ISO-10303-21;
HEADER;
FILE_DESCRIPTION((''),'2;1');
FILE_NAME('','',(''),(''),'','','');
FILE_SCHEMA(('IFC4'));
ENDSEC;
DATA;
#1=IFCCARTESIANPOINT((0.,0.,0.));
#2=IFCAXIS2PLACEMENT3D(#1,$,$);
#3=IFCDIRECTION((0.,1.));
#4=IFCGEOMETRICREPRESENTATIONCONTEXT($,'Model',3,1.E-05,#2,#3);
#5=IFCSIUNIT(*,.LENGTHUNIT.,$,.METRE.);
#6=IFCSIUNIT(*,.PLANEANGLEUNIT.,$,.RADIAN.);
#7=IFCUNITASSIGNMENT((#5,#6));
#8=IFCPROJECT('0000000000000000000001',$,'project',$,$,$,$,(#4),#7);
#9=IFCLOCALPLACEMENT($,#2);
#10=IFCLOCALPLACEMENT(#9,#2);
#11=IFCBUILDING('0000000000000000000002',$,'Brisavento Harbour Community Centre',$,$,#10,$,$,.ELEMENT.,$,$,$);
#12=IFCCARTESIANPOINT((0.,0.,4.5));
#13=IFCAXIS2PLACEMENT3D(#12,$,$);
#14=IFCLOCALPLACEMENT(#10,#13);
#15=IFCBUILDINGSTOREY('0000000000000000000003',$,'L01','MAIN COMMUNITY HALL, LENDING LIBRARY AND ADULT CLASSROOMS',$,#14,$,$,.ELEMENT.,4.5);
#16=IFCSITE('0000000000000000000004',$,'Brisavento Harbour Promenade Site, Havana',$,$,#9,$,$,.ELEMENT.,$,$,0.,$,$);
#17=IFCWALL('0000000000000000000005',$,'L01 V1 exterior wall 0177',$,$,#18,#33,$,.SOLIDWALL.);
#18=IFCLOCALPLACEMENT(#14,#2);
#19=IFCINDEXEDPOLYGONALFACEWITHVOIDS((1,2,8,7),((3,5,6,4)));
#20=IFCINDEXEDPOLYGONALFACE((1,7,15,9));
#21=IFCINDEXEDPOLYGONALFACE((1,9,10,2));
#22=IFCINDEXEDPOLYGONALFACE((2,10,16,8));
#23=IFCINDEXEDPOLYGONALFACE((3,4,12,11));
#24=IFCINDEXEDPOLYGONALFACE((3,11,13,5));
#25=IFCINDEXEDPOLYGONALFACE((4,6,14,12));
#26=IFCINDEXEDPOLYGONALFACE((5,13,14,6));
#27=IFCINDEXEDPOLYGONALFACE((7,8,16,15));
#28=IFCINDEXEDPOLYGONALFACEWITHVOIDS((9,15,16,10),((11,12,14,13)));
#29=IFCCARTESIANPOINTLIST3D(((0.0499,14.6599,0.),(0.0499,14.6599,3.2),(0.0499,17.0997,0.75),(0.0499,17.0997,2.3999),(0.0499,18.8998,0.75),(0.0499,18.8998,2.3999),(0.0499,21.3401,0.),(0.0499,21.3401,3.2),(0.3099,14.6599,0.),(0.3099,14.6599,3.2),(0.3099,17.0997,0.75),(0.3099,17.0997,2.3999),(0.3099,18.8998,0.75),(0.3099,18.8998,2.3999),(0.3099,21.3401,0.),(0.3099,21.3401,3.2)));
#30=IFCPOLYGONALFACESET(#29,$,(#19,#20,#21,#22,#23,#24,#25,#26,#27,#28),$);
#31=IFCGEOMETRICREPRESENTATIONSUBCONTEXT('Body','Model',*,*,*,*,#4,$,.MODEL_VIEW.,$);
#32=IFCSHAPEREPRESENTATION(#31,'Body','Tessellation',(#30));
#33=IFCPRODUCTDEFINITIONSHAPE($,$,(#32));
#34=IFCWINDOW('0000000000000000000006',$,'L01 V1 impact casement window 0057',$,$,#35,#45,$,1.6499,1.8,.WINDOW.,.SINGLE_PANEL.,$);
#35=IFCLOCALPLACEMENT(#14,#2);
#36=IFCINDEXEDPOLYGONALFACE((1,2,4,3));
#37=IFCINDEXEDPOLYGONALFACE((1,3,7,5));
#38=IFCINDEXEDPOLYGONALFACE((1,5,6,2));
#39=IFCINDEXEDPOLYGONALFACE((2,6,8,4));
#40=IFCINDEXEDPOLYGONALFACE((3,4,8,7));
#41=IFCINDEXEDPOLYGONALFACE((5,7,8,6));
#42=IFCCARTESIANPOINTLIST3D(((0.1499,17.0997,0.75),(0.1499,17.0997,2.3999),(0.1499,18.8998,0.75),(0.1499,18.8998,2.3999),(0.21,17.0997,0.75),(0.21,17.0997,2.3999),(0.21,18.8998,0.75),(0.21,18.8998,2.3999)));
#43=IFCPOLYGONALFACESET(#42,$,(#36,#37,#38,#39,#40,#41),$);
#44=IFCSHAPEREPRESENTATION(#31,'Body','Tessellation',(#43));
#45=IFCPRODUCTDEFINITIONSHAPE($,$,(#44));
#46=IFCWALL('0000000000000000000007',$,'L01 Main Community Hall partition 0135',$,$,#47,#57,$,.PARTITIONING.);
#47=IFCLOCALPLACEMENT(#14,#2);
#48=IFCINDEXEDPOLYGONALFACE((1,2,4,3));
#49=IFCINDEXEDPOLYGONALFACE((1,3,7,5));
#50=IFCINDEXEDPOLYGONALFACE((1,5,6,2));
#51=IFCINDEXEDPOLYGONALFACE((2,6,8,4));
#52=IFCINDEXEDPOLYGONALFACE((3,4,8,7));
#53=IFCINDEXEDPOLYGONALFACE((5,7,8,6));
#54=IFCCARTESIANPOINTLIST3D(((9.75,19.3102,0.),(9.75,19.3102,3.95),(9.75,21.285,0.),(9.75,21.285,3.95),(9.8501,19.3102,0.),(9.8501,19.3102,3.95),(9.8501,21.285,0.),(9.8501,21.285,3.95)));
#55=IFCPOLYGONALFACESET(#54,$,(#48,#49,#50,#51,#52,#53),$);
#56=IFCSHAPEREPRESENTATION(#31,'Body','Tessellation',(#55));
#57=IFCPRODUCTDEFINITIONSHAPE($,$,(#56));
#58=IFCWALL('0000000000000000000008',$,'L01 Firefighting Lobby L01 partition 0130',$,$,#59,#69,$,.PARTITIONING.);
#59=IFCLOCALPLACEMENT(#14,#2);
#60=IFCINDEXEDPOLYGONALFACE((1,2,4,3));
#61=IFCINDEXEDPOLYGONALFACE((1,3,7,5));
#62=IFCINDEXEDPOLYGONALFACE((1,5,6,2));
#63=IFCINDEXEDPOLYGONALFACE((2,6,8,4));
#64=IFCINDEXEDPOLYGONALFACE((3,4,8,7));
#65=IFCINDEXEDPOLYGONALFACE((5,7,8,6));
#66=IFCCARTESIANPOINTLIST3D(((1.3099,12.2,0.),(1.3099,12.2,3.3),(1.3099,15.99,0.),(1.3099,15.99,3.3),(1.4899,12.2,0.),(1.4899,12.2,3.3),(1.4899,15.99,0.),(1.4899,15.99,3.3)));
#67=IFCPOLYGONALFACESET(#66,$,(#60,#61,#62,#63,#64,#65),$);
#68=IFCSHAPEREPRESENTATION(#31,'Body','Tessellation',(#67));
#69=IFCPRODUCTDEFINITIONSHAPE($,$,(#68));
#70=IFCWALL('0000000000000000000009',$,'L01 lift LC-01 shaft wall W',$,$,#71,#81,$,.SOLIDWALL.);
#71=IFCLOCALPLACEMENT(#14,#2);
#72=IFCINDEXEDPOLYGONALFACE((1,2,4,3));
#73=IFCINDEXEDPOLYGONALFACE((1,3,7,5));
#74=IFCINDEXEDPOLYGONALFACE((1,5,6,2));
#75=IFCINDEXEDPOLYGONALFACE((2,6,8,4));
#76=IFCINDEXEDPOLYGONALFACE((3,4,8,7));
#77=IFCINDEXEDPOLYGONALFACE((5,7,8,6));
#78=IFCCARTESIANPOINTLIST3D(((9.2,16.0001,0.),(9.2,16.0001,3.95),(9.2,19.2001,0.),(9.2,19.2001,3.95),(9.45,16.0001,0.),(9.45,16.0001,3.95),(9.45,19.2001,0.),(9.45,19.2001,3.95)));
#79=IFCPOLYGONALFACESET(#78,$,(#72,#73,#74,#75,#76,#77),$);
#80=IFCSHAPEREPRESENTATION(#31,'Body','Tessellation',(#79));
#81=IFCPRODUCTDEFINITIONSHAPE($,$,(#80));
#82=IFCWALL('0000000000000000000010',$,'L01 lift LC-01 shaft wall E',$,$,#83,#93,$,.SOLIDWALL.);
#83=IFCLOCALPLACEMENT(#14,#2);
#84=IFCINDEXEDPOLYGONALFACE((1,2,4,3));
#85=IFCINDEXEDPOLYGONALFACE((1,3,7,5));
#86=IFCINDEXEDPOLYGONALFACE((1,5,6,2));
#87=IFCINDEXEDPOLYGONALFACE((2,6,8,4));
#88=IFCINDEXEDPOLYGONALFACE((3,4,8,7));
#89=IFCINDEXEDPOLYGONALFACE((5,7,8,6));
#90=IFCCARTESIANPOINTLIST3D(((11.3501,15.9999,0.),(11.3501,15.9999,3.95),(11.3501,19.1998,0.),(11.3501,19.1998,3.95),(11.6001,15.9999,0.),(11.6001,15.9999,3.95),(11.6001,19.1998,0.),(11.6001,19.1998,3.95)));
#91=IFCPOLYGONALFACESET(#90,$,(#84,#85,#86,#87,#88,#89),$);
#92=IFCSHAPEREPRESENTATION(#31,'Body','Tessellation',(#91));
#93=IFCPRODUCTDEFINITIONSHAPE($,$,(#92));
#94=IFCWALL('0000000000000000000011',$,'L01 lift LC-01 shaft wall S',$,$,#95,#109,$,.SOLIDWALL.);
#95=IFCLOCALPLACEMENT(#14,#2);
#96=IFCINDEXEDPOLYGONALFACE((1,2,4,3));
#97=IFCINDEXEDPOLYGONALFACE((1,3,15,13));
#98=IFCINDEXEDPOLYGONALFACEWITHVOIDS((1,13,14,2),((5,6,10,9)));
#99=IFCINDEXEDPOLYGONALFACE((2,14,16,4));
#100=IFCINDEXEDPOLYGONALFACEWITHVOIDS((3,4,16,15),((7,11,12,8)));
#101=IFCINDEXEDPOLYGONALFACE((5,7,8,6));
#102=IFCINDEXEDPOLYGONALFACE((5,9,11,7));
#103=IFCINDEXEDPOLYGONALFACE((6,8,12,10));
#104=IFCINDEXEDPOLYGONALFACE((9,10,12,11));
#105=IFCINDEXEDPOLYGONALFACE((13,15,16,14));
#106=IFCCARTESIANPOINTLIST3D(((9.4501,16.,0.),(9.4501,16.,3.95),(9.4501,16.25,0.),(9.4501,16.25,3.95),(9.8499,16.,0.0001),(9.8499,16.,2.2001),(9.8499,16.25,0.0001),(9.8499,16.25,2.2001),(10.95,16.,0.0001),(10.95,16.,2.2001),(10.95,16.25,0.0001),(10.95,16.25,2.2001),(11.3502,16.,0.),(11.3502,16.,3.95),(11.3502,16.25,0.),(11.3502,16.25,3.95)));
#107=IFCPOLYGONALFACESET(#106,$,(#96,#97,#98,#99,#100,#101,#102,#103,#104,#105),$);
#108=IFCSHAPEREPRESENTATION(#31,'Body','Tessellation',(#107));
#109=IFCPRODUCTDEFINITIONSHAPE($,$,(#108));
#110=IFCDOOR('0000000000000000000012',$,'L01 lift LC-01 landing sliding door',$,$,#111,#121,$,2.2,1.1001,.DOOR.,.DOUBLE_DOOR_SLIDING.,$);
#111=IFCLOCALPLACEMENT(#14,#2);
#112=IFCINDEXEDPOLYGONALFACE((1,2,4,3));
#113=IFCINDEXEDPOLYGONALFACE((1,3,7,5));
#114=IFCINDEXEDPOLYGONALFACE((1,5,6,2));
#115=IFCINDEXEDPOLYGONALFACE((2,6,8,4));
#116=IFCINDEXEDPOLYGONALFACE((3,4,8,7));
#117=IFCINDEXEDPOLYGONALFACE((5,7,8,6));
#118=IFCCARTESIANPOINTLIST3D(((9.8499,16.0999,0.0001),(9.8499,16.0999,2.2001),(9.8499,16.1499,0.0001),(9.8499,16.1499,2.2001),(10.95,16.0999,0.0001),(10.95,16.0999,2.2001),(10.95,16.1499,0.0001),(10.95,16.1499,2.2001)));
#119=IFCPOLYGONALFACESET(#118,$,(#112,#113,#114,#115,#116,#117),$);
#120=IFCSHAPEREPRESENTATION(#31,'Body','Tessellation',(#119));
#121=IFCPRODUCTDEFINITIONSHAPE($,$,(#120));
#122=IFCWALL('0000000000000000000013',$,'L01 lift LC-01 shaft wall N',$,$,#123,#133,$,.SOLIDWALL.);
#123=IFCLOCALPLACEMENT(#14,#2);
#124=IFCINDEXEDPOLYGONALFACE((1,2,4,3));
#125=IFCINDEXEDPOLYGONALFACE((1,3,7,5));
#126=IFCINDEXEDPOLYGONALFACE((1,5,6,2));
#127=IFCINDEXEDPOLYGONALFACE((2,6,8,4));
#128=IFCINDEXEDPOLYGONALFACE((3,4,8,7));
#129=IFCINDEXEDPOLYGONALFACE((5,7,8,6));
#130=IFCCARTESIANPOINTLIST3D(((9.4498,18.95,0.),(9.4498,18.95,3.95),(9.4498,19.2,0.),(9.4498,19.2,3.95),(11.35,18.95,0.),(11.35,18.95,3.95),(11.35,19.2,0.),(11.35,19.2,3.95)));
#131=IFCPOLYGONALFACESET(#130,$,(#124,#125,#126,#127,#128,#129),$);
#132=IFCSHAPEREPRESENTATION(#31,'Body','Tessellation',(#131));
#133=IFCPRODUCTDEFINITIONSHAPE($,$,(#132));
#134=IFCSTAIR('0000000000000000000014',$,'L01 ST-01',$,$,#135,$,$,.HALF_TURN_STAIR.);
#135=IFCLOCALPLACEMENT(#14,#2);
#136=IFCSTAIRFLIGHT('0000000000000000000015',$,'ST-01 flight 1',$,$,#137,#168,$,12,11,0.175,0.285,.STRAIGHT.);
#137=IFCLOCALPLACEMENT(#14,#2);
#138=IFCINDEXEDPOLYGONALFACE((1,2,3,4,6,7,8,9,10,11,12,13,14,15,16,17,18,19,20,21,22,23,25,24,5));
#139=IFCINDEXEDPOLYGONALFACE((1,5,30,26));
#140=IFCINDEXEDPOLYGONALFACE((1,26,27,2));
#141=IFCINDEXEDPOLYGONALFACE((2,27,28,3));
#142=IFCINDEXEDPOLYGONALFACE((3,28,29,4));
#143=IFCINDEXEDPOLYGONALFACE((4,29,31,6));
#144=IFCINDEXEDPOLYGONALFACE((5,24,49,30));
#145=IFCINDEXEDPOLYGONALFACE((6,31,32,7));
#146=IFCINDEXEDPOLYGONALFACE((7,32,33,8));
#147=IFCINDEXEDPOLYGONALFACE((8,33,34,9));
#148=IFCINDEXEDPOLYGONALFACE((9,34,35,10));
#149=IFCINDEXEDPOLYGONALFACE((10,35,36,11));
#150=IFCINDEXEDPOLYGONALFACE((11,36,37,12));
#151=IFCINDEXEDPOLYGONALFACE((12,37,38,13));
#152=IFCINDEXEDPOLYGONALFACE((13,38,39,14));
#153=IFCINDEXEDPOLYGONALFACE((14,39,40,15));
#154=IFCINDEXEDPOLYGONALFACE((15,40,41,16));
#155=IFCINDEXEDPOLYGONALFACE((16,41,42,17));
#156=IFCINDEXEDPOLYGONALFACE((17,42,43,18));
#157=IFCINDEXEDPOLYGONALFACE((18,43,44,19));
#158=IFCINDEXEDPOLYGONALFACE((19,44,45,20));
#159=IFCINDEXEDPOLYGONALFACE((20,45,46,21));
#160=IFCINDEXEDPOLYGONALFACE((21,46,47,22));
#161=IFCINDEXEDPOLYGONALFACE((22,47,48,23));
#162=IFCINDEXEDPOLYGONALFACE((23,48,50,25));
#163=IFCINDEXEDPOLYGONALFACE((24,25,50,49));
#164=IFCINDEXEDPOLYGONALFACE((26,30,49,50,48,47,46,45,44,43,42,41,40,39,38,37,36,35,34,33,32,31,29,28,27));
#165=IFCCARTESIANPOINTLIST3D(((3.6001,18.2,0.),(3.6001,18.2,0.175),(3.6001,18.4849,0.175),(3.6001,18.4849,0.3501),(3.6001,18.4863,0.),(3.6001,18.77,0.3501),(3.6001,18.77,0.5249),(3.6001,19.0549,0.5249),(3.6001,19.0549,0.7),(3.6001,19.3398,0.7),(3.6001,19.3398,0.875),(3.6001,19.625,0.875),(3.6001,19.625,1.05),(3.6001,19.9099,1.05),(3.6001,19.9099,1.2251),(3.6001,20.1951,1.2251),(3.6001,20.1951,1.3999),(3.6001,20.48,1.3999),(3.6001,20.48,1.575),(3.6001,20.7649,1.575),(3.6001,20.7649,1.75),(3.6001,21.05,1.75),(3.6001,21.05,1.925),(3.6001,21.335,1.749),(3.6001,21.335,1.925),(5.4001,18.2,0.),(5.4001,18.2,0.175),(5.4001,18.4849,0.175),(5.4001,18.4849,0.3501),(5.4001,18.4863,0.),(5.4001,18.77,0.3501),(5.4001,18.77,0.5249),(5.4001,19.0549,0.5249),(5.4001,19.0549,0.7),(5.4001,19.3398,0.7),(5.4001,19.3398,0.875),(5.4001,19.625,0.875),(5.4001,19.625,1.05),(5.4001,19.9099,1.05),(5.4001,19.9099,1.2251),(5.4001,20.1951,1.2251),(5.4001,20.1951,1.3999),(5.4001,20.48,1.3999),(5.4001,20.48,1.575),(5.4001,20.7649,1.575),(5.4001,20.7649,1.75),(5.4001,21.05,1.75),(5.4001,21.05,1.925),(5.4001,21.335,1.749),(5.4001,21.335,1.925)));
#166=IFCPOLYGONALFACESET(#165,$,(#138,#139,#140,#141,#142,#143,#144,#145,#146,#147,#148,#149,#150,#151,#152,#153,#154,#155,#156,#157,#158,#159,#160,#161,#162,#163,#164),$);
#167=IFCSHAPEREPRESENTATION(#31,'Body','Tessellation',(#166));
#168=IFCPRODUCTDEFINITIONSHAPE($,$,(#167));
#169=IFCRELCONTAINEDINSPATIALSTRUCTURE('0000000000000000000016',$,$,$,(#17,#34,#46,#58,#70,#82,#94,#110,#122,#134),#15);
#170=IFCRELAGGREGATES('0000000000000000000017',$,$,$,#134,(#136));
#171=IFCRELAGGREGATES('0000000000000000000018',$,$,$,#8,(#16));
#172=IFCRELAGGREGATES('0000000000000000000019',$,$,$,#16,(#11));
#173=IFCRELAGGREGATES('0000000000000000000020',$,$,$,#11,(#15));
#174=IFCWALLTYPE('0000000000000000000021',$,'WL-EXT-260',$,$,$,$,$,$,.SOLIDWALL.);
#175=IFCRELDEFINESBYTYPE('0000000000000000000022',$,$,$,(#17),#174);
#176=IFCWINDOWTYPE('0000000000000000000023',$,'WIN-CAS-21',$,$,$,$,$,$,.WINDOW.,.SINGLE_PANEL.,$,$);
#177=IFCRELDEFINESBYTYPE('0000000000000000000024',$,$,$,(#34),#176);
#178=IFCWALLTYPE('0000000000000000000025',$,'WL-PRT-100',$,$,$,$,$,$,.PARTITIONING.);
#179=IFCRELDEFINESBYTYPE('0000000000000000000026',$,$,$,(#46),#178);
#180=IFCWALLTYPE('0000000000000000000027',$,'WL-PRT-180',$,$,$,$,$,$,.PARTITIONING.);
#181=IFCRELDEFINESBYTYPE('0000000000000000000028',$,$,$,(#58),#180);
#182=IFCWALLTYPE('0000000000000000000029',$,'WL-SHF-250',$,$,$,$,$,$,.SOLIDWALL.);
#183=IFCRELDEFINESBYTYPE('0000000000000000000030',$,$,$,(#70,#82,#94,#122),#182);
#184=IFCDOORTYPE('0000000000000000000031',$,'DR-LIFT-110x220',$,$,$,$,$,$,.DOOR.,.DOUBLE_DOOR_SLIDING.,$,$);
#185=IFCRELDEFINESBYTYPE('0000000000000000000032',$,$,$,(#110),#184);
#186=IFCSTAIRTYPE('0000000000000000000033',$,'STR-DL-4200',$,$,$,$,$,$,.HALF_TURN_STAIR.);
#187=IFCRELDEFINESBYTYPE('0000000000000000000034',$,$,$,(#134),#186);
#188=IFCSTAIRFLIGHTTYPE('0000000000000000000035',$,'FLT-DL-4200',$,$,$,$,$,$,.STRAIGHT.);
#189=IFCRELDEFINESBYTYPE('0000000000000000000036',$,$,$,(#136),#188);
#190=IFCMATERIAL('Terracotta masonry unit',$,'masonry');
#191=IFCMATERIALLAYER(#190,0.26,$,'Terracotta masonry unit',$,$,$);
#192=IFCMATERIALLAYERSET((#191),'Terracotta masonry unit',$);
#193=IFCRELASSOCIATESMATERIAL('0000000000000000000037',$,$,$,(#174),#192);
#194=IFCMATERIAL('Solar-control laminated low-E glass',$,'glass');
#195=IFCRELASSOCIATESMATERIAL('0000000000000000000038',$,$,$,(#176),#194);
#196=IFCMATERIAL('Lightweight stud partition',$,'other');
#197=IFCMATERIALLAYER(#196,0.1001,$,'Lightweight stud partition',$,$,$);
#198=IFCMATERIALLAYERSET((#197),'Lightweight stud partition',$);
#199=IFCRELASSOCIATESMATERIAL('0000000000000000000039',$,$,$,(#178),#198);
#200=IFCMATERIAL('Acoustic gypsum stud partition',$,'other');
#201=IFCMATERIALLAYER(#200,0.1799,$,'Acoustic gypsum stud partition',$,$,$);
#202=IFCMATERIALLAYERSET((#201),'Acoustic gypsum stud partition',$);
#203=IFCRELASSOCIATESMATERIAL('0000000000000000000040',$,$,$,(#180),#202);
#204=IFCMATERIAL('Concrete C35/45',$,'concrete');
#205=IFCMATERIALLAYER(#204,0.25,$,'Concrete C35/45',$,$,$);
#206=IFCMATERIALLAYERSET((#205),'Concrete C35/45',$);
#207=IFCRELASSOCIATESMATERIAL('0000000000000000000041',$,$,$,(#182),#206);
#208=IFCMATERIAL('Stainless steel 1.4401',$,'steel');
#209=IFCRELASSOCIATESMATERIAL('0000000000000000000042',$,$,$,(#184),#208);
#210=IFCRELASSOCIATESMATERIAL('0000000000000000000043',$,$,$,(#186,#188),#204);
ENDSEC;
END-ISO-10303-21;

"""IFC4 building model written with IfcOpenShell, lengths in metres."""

from ifc_helpers import new_model, si_unit, direction, frame, frame_2d, origin, place, context, subcontext, project, spatial, polyline, rectangle, outline, extrude, material, layer, layer_set, type_object, element, fill, aggregate, save


model = new_model("IFC4")

# Units and contexts
model_context = context("Model", 3, precision=1e-05, world=origin(), true_north=direction((0.0, 1.0)))
body_context = subcontext(model_context, "Body", "Model", "MODEL_VIEW")
ifc_project = project(units=[si_unit("LENGTHUNIT", "METRE"), si_unit("PLANEANGLEUNIT", "RADIAN")], contexts=[model_context])

# Site, building, storey
site_placement = place(None, origin())
site = spatial("IfcSite", under=ifc_project, at=site_placement, Name="Brisavento Harbour Promenade Site, Havana", CompositionType="ELEMENT", RefElevation=0.0)
building_placement = place(site_placement, origin())
building = spatial("IfcBuilding", under=site, at=building_placement, Name="Brisavento Harbour Community Centre", CompositionType="ELEMENT")
storey_placement = place(building_placement, frame((0.0, 0.0, 4.5)))
storey = spatial("IfcBuildingStorey", under=building, at=storey_placement, Name="L01", Description="MAIN COMMUNITY HALL, LENDING LIBRARY AND ADULT CLASSROOMS", CompositionType="ELEMENT", Elevation=4.5)

# Shared definitions
ifc_material_1 = material(Name="Concrete C35/45", Category="concrete")

# Wall, opening, window
ifc_material_2 = material(Name="Terracotta masonry unit", Category="masonry")
ifc_layer_1 = layer(ifc_material_2, 0.26, Name="Terracotta masonry unit")
ifc_layer_set_1 = layer_set([ifc_layer_1], Name="Terracotta masonry unit")
wall_type_1 = type_object("IfcWallType", Name="WL-EXT-260", PredefinedType="SOLIDWALL", material=ifc_layer_set_1)
wall_1_placement = place(storey_placement, frame((0.1799, 14.6599, 0.0), z_axis=(0.0, 0.0, 1.0), x_axis=(0.0, 1.0, 0.0)))
wall_1 = element("IfcWall", 1, at=wall_1_placement, inside=storey, type_object=wall_type_1, Name="L01 V1 exterior wall 0177", PredefinedType="SOLIDWALL", context=body_context, shape_type="SweptSolid", body=[
    extrude(rectangle(XDim=6.6802, YDim=0.26, at=frame_2d((3.3401, 0.0))), origin(), (0.0, 0.0, 1.0), 3.2),
])
opening_1_placement = place(wall_1_placement, frame((2.4399, 0.0, 0.75)))
opening_1 = element("IfcOpeningElement", 2, at=opening_1_placement, cuts=wall_1, PredefinedType="OPENING", context=body_context, shape_type="SweptSolid", body=[
    extrude(rectangle(XDim=1.8, YDim=1.6499, at=frame_2d((0.8999, 0.825))), frame((0.0, 0.1401, 0.0), z_axis=(0.0, -1.0, 0.0), x_axis=(1.0, 0.0, 0.0)), (0.0, 0.0, 1.0), 0.28),
])
ifc_material_3 = material(Name="Solar-control laminated low-E glass", Category="glass")
window_type = type_object("IfcWindowType", Name="WIN-CAS-21", PartitioningType="SINGLE_PANEL", PredefinedType="WINDOW", material=ifc_material_3)
window_placement = place(opening_1_placement, origin())
window = element("IfcWindow", 3, at=window_placement, inside=storey, type_object=window_type, Name="L01 V1 impact casement window 0057", OverallHeight=1.6499, OverallWidth=1.8, PartitioningType="SINGLE_PANEL", PredefinedType="WINDOW", context=body_context, shape_type="SweptSolid", body=[
    extrude(rectangle(XDim=1.8, YDim=1.6499, at=frame_2d((0.8999, 0.825))), frame((0.0, 0.03, 0.0), z_axis=(0.0, -1.0, 0.0), x_axis=(1.0, 0.0, 0.0)), (0.0, 0.0, 1.0), 0.0601),
])
fill(opening_1, window)

# Walls
ifc_material_4 = material(Name="Lightweight stud partition", Category="other")
ifc_layer_2 = layer(ifc_material_4, 0.1001, Name="Lightweight stud partition")
ifc_layer_set_2 = layer_set([ifc_layer_2], Name="Lightweight stud partition")
wall_type_2 = type_object("IfcWallType", Name="WL-PRT-100", PredefinedType="PARTITIONING", material=ifc_layer_set_2)
wall_2_placement = place(storey_placement, frame((9.8, 21.2849, 0.0), z_axis=(0.0, 0.0, 1.0), x_axis=(0.0, -1.0, 0.0)))
element("IfcWall", 4, at=wall_2_placement, inside=storey, type_object=wall_type_2, Name="L01 Main Community Hall partition 0135", PredefinedType="PARTITIONING", context=body_context, shape_type="SweptSolid", body=[
    extrude(rectangle(XDim=1.9749, YDim=0.1001, at=frame_2d((0.9873, 0.0))), origin(), (0.0, 0.0, 1.0), 3.95),
])
ifc_material_5 = material(Name="Acoustic gypsum stud partition", Category="other")
ifc_layer_3 = layer(ifc_material_5, 0.1799, Name="Acoustic gypsum stud partition")
ifc_layer_set_3 = layer_set([ifc_layer_3], Name="Acoustic gypsum stud partition")
wall_type_3 = type_object("IfcWallType", Name="WL-PRT-180", PredefinedType="PARTITIONING", material=ifc_layer_set_3)
wall_3_placement = place(storey_placement, frame((1.3999, 15.99, 0.0), z_axis=(0.0, 0.0, 1.0), x_axis=(0.0, -1.0, 0.0)))
element("IfcWall", 5, at=wall_3_placement, inside=storey, type_object=wall_type_3, Name="L01 Firefighting Lobby L01 partition 0130", PredefinedType="PARTITIONING", context=body_context, shape_type="SweptSolid", body=[
    extrude(rectangle(XDim=3.79, YDim=0.1799, at=frame_2d((1.895, 0.0))), origin(), (0.0, 0.0, 1.0), 3.3),
])
ifc_layer_4 = layer(ifc_material_1, 0.25, Name="Concrete C35/45")
ifc_layer_set_4 = layer_set([ifc_layer_4], Name="Concrete C35/45")
wall_type_4 = type_object("IfcWallType", Name="WL-SHF-250", PredefinedType="SOLIDWALL", material=ifc_layer_set_4)
for number, where, z_axis, x_axis, name in (
    (6, (9.325, 16.0, 0.0), (0.0, 0.0, 1.0), (0.0, 1.0, 0.0), "L01 lift LC-01 shaft wall W"),
    (7, (11.4751, 19.2, 0.0), (0.0, 0.0, 1.0), (0.0, -1.0, 0.0), "L01 lift LC-01 shaft wall E"),
):
    element("IfcWall", number, at=place(storey_placement, frame(where, z_axis=z_axis, x_axis=x_axis)), inside=storey, type_object=wall_type_4, Name=name, PredefinedType="SOLIDWALL", context=body_context, shape_type="SweptSolid", body=[
        extrude(rectangle(XDim=3.2, YDim=0.25, at=frame_2d((1.6001, 0.0))), origin(), (0.0, 0.0, 1.0), 3.95),
    ])

# Wall, opening, door
wall_4_placement = place(storey_placement, frame((9.45, 16.125, 0.0), z_axis=(0.0, 0.0, 1.0), x_axis=(1.0, 0.0, 0.0)))
wall_4 = element("IfcWall", 8, at=wall_4_placement, inside=storey, type_object=wall_type_4, Name="L01 lift LC-01 shaft wall S", PredefinedType="SOLIDWALL", context=body_context, shape_type="SweptSolid", body=[
    extrude(rectangle(XDim=1.9001, YDim=0.25, at=frame_2d((0.9502, 0.0))), origin(), (0.0, 0.0, 1.0), 3.95),
])
opening_2_placement = place(wall_4_placement, frame((0.3999, 0.0, 0.0)))
opening_2 = element("IfcOpeningElement", 9, at=opening_2_placement, cuts=wall_4, PredefinedType="OPENING", context=body_context, shape_type="SweptSolid", body=[
    extrude(rectangle(XDim=1.1001, YDim=2.2, at=frame_2d((0.55, 1.1001))), frame((0.0, 0.135, 0.0), z_axis=(0.0, -1.0, 0.0), x_axis=(1.0, 0.0, 0.0)), (0.0, 0.0, 1.0), 0.27),
])
ifc_material_6 = material(Name="Stainless steel 1.4401", Category="steel")
door_type_1 = type_object("IfcDoorType", Name="DR-LIFT-110x220", OperationType="DOUBLE_DOOR_SLIDING", PredefinedType="DOOR", material=ifc_material_6)
door_1_placement = place(opening_2_placement, origin())
door_1 = element("IfcDoor", 10, at=door_1_placement, inside=storey, type_object=door_type_1, Name="L01 lift LC-01 landing sliding door", OperationType="DOUBLE_DOOR_SLIDING", OverallHeight=2.2, OverallWidth=1.1001, PredefinedType="DOOR", context=body_context, shape_type="SweptSolid", body=[
    extrude(rectangle(XDim=1.1001, YDim=2.2, at=frame_2d((0.55, 1.1001))), frame((0.0, 0.0249, 0.0), z_axis=(0.0, -1.0, 0.0), x_axis=(1.0, 0.0, 0.0)), (0.0, 0.0, 1.0), 0.05),
])
fill(opening_2, door_1)

# Wall
wall_5_placement = place(storey_placement, frame((11.3501, 19.075, 0.0), z_axis=(0.0, 0.0, 1.0), x_axis=(-1.0, 0.0, 0.0)))
element("IfcWall", 11, at=wall_5_placement, inside=storey, type_object=wall_type_4, Name="L01 lift LC-01 shaft wall N", PredefinedType="SOLIDWALL", context=body_context, shape_type="SweptSolid", body=[
    extrude(rectangle(XDim=1.9001, YDim=0.25, at=frame_2d((0.9502, 0.0))), origin(), (0.0, 0.0, 1.0), 3.95),
])

# Stair, stair flight
stair_type = type_object("IfcStairType", Name="STR-DL-4200", PredefinedType="HALF_TURN_STAIR", material=ifc_material_1)
stair_placement = place(storey_placement, origin())
stair = element("IfcStair", 12, at=stair_placement, inside=storey, type_object=stair_type, Name="L01 ST-01", PredefinedType="HALF_TURN_STAIR")
stair_flight_type = type_object("IfcStairFlightType", Name="FLT-DL-4200", PredefinedType="STRAIGHT", material=ifc_material_1)
stair_flight_1_placement = place(storey_placement, frame((4.5, 18.2, 0.0), z_axis=(0.0, 0.0, 1.0), x_axis=(0.0, 1.0, 0.0)))
stair_flight_1 = element("IfcStairFlight", 13, at=stair_flight_1_placement, type_object=stair_flight_type, Name="ST-01 flight 1", NumberOfRisers=12, NumberOfTreads=11, PredefinedType="STRAIGHT", RiserHeight=0.175, TreadLength=0.285, context=body_context, shape_type="SweptSolid", body=[
    extrude(outline(polyline([(0.0, 0.0), (0.0, 0.175), (0.2849, 0.175), (0.2849, 0.3501), (0.5701, 0.3501), (0.5701, 0.5249), (0.855, 0.5249), (0.855, 0.7), (1.1399, 0.7), (1.1399, 0.875), (1.425, 0.875), (1.425, 1.05), (1.71, 1.05), (1.71, 1.2251), (1.9951, 1.2251), (1.9951, 1.3999), (2.28, 1.3999), (2.28, 1.575), (2.5649, 1.575), (2.5649, 1.75), (2.8501, 1.75), (2.8501, 1.925), (3.135, 1.925), (3.135, 2.1001), (3.135, 1.749), (0.2864, 0.0), (0.0, 0.0)])), frame((0.0, 0.8999, 0.0), z_axis=(0.0, -1.0, 0.0), x_axis=(1.0, 0.0, 0.0)), (0.0, 0.0, 1.0), 1.8),
])
aggregate(stair, [stair_flight_1])

save(model, "model.ifc")
